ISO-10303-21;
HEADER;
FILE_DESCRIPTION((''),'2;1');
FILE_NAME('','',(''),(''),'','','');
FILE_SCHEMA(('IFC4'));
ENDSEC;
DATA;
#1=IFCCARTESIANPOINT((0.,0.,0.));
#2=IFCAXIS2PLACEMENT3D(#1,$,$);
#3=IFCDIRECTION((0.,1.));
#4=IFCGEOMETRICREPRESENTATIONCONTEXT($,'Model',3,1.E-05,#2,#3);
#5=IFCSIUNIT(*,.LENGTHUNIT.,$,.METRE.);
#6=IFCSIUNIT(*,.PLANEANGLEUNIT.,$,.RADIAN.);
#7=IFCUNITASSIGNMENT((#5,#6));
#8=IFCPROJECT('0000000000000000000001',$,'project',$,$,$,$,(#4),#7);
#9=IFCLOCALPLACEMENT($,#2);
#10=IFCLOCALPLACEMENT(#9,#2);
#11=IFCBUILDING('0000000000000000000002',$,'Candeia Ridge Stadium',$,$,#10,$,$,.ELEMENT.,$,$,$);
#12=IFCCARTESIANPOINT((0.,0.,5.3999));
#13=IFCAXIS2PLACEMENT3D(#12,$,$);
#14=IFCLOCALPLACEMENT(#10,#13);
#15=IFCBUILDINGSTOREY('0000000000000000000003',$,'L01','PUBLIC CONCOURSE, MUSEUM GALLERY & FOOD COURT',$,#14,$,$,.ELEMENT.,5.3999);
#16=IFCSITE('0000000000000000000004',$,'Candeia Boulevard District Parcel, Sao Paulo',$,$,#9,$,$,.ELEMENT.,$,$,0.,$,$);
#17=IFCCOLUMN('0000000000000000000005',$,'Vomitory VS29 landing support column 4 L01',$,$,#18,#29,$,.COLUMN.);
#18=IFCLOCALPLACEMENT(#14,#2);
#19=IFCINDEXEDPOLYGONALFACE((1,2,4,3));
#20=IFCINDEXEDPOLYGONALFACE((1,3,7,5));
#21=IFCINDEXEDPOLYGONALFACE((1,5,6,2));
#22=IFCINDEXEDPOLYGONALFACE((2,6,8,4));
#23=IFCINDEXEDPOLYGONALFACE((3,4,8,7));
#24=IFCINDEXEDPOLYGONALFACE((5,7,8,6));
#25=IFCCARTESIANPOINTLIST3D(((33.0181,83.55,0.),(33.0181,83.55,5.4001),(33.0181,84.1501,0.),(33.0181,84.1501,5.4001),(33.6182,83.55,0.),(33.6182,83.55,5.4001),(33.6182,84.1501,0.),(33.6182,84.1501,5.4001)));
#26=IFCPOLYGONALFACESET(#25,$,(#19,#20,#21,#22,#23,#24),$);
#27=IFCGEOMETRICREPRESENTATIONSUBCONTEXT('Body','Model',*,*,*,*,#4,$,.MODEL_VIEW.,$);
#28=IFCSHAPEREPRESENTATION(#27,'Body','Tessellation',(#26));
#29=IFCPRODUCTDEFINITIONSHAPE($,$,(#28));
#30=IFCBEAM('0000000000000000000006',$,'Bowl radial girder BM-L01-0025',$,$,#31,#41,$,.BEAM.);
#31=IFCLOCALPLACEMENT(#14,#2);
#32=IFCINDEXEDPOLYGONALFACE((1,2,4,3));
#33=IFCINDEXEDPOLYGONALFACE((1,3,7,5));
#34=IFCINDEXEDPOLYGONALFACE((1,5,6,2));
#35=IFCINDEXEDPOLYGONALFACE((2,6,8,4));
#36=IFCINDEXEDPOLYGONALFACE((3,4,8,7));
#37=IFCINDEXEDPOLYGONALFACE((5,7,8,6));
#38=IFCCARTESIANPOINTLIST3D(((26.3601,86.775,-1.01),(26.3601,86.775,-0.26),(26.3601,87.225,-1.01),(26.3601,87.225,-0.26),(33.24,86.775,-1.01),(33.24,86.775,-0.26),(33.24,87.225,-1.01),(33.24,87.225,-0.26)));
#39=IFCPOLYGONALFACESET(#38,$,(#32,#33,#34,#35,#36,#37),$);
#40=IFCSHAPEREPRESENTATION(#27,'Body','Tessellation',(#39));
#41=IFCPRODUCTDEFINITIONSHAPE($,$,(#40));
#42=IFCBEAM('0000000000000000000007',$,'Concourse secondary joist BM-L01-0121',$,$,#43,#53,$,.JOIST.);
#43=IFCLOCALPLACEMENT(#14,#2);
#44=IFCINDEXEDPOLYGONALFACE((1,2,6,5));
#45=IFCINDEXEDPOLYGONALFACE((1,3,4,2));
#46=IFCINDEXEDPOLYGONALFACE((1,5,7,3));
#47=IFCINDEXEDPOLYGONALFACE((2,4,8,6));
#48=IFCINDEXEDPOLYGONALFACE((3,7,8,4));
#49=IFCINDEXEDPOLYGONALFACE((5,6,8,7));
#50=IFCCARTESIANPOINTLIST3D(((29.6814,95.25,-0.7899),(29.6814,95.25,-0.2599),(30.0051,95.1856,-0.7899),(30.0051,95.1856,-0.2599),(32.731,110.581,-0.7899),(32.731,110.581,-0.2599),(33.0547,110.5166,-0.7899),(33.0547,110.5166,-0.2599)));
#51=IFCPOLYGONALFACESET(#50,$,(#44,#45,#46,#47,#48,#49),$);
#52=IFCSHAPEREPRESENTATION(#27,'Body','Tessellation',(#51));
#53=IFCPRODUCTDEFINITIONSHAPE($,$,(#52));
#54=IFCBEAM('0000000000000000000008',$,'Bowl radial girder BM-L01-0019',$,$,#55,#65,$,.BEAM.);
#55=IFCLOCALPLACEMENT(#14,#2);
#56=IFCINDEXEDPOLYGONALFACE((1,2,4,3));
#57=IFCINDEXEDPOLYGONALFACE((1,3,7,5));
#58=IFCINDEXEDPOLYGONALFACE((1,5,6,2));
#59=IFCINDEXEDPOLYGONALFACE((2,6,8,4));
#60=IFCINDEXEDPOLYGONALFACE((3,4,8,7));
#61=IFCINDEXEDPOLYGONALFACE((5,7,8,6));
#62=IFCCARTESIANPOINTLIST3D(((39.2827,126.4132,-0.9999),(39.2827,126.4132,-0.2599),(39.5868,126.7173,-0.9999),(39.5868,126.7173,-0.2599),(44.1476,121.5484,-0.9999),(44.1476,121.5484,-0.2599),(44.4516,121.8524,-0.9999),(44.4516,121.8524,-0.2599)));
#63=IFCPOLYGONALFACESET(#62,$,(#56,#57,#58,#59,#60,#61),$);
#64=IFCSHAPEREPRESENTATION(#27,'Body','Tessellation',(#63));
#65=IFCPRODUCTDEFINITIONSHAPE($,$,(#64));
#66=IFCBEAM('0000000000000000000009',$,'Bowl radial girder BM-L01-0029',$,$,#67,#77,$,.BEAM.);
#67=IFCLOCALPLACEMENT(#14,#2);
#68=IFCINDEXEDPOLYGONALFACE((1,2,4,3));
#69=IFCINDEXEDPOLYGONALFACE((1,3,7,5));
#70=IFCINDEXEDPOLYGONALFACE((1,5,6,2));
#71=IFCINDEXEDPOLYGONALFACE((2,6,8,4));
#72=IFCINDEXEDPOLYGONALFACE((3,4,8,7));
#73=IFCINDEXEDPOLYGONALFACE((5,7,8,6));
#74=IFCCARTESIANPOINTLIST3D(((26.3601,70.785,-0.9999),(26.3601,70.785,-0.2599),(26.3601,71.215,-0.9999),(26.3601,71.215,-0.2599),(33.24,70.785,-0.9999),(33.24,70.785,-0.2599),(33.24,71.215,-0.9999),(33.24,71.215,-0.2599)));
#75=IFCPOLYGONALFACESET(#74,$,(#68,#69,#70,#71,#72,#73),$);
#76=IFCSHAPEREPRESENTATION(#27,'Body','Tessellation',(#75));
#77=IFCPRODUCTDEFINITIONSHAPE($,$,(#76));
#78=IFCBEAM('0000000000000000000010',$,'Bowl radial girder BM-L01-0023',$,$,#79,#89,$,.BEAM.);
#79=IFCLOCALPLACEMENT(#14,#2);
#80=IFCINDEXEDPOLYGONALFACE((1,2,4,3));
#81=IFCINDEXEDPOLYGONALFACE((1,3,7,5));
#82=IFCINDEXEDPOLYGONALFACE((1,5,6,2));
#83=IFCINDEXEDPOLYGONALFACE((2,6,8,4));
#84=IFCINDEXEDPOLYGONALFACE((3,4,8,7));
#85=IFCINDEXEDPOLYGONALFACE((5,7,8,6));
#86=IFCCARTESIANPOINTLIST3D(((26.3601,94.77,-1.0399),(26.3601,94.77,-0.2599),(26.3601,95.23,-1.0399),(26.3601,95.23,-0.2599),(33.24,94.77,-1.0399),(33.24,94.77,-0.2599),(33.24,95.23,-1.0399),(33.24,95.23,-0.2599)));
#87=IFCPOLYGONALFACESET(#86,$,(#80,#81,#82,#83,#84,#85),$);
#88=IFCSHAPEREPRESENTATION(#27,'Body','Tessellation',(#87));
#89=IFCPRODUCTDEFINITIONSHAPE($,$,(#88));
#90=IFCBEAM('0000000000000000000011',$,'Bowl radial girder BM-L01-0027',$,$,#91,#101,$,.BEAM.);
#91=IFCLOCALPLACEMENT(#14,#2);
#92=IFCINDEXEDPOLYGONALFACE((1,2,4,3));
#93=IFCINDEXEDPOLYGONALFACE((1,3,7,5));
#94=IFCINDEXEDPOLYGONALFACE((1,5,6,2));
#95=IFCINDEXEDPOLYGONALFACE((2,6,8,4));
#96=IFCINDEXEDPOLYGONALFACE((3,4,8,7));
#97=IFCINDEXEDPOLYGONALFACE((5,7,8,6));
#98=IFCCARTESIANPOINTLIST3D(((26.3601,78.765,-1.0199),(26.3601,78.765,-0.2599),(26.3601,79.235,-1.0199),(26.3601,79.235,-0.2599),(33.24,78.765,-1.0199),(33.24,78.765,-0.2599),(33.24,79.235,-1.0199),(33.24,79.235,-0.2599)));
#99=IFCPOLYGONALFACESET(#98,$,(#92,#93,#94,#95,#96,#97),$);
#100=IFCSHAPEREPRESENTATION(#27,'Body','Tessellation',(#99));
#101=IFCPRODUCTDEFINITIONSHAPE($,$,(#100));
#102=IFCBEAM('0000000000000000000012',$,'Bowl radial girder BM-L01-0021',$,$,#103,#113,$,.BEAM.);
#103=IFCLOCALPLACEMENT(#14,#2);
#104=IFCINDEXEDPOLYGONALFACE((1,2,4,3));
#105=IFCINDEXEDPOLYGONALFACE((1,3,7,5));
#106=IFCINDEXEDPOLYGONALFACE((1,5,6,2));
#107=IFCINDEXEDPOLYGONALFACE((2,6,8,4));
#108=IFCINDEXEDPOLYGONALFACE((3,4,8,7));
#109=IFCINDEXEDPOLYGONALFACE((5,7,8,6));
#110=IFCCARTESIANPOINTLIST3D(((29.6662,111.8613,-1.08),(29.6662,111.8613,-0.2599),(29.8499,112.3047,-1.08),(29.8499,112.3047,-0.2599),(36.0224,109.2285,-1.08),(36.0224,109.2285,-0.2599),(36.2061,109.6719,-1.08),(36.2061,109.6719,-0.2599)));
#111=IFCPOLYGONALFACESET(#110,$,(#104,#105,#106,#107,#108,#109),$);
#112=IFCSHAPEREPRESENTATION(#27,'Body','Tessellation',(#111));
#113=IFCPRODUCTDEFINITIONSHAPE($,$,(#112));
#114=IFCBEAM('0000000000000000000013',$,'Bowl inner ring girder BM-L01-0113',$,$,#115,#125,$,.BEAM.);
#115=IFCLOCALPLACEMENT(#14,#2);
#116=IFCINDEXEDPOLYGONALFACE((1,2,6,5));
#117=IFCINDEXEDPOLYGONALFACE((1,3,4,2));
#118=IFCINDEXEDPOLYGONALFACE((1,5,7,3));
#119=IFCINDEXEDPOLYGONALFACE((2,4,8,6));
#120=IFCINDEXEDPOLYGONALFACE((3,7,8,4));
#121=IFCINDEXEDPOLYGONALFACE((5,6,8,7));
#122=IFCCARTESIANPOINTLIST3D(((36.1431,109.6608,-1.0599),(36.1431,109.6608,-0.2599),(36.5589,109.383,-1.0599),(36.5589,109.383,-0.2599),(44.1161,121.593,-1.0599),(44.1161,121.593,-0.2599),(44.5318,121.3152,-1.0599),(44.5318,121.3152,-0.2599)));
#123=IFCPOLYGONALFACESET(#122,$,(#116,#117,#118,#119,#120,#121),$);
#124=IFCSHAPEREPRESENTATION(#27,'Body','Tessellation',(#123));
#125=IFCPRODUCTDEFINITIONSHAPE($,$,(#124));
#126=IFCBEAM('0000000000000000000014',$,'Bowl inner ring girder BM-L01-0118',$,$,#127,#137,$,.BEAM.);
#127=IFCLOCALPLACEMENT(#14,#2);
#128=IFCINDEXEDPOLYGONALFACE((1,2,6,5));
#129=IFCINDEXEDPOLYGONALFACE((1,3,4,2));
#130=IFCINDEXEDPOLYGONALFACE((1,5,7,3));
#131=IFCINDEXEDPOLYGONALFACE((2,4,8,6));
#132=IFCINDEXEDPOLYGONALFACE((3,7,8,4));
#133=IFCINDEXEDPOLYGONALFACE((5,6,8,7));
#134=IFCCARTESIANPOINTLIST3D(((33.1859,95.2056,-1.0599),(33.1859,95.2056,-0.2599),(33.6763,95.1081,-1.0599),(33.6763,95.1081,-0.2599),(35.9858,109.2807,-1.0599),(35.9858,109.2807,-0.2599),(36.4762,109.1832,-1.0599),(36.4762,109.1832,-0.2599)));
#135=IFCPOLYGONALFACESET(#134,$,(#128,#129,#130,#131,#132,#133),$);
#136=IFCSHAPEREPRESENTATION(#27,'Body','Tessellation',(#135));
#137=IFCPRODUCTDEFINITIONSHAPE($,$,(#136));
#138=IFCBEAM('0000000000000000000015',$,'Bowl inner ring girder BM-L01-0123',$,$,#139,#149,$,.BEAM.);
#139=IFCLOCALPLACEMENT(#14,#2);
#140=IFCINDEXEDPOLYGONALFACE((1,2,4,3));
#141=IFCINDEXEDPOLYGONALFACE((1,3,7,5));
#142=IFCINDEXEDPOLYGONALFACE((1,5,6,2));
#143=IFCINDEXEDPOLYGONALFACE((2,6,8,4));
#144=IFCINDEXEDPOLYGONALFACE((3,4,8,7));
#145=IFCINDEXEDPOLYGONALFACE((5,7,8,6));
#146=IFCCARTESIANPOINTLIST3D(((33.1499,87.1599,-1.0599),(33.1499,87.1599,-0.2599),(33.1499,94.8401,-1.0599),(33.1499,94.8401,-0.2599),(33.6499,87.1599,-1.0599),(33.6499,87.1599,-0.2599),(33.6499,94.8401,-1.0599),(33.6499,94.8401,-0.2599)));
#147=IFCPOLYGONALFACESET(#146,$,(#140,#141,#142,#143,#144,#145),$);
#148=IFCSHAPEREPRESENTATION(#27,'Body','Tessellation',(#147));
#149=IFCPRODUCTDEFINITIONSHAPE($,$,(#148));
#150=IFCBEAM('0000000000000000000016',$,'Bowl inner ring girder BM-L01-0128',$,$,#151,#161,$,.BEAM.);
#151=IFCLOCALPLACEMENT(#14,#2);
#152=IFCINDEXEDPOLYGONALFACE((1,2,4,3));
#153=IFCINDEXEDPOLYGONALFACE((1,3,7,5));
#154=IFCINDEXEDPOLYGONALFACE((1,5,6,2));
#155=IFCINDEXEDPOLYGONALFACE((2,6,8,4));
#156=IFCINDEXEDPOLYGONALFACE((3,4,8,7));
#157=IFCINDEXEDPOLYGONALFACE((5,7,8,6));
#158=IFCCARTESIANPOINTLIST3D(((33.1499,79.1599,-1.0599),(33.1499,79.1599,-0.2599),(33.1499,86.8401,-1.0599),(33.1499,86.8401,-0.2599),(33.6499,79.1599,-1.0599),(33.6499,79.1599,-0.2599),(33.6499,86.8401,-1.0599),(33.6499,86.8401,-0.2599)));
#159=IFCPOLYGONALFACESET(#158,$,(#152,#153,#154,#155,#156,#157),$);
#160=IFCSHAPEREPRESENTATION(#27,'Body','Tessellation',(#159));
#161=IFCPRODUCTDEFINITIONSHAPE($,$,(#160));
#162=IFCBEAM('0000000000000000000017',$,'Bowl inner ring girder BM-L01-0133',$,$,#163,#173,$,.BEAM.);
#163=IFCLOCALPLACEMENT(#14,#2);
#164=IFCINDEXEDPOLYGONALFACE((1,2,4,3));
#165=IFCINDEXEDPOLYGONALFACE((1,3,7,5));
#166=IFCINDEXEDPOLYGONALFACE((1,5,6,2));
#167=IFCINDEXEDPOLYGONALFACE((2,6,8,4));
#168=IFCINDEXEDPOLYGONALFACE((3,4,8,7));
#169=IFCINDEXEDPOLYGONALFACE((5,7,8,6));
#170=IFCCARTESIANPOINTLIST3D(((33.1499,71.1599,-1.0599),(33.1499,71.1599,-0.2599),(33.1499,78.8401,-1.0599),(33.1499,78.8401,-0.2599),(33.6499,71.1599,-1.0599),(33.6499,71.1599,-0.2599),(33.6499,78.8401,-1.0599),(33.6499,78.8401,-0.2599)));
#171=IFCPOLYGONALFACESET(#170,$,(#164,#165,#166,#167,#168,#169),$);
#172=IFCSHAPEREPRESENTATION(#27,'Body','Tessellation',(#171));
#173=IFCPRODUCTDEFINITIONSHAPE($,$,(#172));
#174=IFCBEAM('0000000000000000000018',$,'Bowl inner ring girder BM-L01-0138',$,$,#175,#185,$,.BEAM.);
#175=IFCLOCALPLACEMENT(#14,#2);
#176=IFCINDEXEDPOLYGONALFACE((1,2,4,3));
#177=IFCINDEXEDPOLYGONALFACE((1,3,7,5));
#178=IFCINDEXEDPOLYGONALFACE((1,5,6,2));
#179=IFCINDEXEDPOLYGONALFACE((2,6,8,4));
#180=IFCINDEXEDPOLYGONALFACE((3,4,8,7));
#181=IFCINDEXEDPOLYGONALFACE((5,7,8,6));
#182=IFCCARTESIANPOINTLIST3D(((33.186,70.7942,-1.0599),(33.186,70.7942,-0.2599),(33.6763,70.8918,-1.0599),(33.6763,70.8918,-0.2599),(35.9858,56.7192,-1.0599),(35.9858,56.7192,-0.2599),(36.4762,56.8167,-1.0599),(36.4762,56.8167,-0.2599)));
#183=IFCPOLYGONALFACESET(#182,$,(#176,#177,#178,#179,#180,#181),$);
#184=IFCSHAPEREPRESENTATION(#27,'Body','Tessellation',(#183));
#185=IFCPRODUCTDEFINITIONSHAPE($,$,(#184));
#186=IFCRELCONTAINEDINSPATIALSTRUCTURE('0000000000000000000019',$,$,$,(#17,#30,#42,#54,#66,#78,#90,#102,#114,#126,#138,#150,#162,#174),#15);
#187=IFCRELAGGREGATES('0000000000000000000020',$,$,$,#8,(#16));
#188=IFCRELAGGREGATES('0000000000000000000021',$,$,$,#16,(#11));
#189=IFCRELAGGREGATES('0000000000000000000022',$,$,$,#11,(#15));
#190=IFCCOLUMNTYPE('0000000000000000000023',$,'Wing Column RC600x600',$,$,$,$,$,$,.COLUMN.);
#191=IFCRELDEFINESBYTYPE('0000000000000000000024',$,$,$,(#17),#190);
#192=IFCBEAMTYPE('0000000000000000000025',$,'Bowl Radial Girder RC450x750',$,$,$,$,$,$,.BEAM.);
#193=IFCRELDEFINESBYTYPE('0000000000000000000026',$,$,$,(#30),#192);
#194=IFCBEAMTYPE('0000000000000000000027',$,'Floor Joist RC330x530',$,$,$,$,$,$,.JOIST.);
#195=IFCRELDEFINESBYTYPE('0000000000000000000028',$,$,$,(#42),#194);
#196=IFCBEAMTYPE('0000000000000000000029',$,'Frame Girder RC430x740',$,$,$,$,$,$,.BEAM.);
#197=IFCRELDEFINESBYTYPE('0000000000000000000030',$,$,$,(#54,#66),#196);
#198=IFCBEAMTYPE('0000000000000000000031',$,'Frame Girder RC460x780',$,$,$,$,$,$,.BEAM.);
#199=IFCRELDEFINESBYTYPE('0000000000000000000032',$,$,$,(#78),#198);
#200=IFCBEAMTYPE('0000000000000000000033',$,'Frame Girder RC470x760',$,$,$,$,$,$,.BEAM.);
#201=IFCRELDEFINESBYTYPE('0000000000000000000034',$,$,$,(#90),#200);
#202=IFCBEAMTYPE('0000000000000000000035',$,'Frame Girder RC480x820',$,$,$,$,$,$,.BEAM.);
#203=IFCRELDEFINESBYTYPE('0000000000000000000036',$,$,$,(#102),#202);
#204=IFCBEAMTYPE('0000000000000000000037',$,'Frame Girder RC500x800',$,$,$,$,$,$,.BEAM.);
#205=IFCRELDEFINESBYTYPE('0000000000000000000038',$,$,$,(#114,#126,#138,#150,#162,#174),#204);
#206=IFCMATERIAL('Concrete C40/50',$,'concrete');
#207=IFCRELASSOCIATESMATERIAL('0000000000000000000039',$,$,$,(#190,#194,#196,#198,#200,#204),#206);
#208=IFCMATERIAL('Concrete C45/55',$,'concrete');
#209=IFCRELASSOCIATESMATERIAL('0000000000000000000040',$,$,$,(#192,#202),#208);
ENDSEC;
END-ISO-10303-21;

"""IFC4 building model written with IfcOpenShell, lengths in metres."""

from ifc_helpers import new_model, si_unit, direction, frame, origin, origin_2d, place, context, subcontext, project, spatial, rectangle, extrude, material, material_profile, profile_set, type_object, element, save


model = new_model("IFC4")

# Units and contexts
model_context = context("Model", 3, precision=1e-05, world=origin(), true_north=direction((0.0, 1.0)))
body_context = subcontext(model_context, "Body", "Model", "MODEL_VIEW")
ifc_project = project(units=[si_unit("LENGTHUNIT", "METRE"), si_unit("PLANEANGLEUNIT", "RADIAN")], contexts=[model_context])

# Site, building, storey
site_placement = place(None, origin())
site = spatial("IfcSite", under=ifc_project, at=site_placement, Name="Candeia Boulevard District Parcel, Sao Paulo", CompositionType="ELEMENT", RefElevation=0.0)
building_placement = place(site_placement, origin())
building = spatial("IfcBuilding", under=site, at=building_placement, Name="Candeia Ridge Stadium", CompositionType="ELEMENT")
storey_placement = place(building_placement, frame((0.0, 0.0, 5.3999)))
storey = spatial("IfcBuildingStorey", under=building, at=storey_placement, Name="L01", Description="PUBLIC CONCOURSE, MUSEUM GALLERY & FOOD COURT", CompositionType="ELEMENT", Elevation=5.3999)

# Column
ifc_material_1 = material(Name="Concrete C45/55", Category="concrete")
ifc_material_2 = material(Name="Concrete C40/50", Category="concrete")
ifc_material_profile_1 = material_profile(ifc_material_2, rectangle(XDim=0.6001, YDim=0.6001, at=origin_2d()), Name="RC600x600", Category="concrete")
ifc_profile_set_1 = profile_set([ifc_material_profile_1], Name="Concrete C40/50")
column_type_1 = type_object("IfcColumnType", Name="Wing Column RC600x600", PredefinedType="COLUMN", material=ifc_profile_set_1)
for number, where, z_axis, x_axis, name in (
    (1, (33.3181, 83.8501, 0.0), (0.0, 0.0, 1.0), (1.0, 0.0, 0.0), "Vomitory VS29 landing support column 4 L01"),
):
    element("IfcColumn", number, at=place(storey_placement, frame(where, z_axis=z_axis, x_axis=x_axis)), inside=storey, type_object=column_type_1, Name=name, PredefinedType="COLUMN", context=body_context, shape_type="SweptSolid", body=[
        extrude(rectangle(XDim=0.6001, YDim=0.6001, at=origin_2d()), origin(), (0.0, 0.0, 1.0), 5.4001),
    ])

# Beams
ifc_material_profile_2 = material_profile(ifc_material_1, rectangle(XDim=0.45, YDim=0.75, at=origin_2d()), Name="RC450x750", Category="concrete")
ifc_profile_set_2 = profile_set([ifc_material_profile_2], Name="Concrete C45/55")
beam_type_1 = type_object("IfcBeamType", Name="Bowl Radial Girder RC450x750", PredefinedType="BEAM", material=ifc_profile_set_2)
beam_1_placement = place(storey_placement, frame((33.24, 87.0, -0.635), z_axis=(-1.0, 0.0, 0.0), x_axis=(0.0, -1.0, 0.0)))
element("IfcBeam", 2, at=beam_1_placement, inside=storey, type_object=beam_type_1, Name="Bowl radial girder BM-L01-0025", PredefinedType="BEAM", context=body_context, shape_type="SweptSolid", body=[
    extrude(rectangle(XDim=0.45, YDim=0.75, at=origin_2d()), origin(), (0.0, 0.0, 1.0), 6.8799),
])
ifc_material_profile_3 = material_profile(ifc_material_2, rectangle(XDim=0.3301, YDim=0.53, at=origin_2d()), Name="RC330x530", Category="concrete")
ifc_profile_set_3 = profile_set([ifc_material_profile_3], Name="Concrete C40/50")
beam_type_2 = type_object("IfcBeamType", Name="Floor Joist RC330x530", PredefinedType="JOIST", material=ifc_profile_set_3)
beam_2_placement = place(storey_placement, frame((32.8928, 110.5488, -0.5249), z_axis=(-0.195092, -0.980785, 0.0), x_axis=(0.980785, -0.195092, 0.0)))
element("IfcBeam", 3, at=beam_2_placement, inside=storey, type_object=beam_type_2, Name="Concourse secondary joist BM-L01-0121", PredefinedType="JOIST", context=body_context, shape_type="SweptSolid", body=[
    extrude(rectangle(XDim=0.3301, YDim=0.53, at=origin_2d()), origin(), (0.0, 0.0, 1.0), 15.6313),
])
ifc_material_profile_4 = material_profile(ifc_material_2, rectangle(XDim=0.4299, YDim=0.74, at=origin_2d()), Name="RC430x740", Category="concrete")
ifc_profile_set_4 = profile_set([ifc_material_profile_4], Name="Concrete C40/50")
beam_type_3 = type_object("IfcBeamType", Name="Frame Girder RC430x740", PredefinedType="BEAM", material=ifc_profile_set_4)
for number, where, z_axis, x_axis, name in (
    (4, (44.2996, 121.7004, -0.6299), (-0.707107, 0.707107, 0.0), (-0.707107, -0.707107, 0.0), "Bowl radial girder BM-L01-0019"),
    (5, (33.24, 71.0, -0.6299), (-1.0, 0.0, 0.0), (0.0, -1.0, 0.0), "Bowl radial girder BM-L01-0029"),
):
    element("IfcBeam", number, at=place(storey_placement, frame(where, z_axis=z_axis, x_axis=x_axis)), inside=storey, type_object=beam_type_3, Name=name, PredefinedType="BEAM", context=body_context, shape_type="SweptSolid", body=[
        extrude(rectangle(XDim=0.4299, YDim=0.74, at=origin_2d()), origin(), (0.0, 0.0, 1.0), 6.8799),
    ])
ifc_material_profile_5 = material_profile(ifc_material_2, rectangle(XDim=0.46, YDim=0.78, at=origin_2d()), Name="RC460x780", Category="concrete")
ifc_profile_set_5 = profile_set([ifc_material_profile_5], Name="Concrete C40/50")
beam_type_4 = type_object("IfcBeamType", Name="Frame Girder RC460x780", PredefinedType="BEAM", material=ifc_profile_set_5)
beam_3_placement = place(storey_placement, frame((33.24, 95.0, -0.6499), z_axis=(-1.0, 0.0, 0.0), x_axis=(0.0, -1.0, 0.0)))
element("IfcBeam", 6, at=beam_3_placement, inside=storey, type_object=beam_type_4, Name="Bowl radial girder BM-L01-0023", PredefinedType="BEAM", context=body_context, shape_type="SweptSolid", body=[
    extrude(rectangle(XDim=0.46, YDim=0.78, at=origin_2d()), origin(), (0.0, 0.0, 1.0), 6.8799),
])
ifc_material_profile_6 = material_profile(ifc_material_2, rectangle(XDim=0.47, YDim=0.76, at=origin_2d()), Name="RC470x760", Category="concrete")
ifc_profile_set_6 = profile_set([ifc_material_profile_6], Name="Concrete C40/50")
beam_type_5 = type_object("IfcBeamType", Name="Frame Girder RC470x760", PredefinedType="BEAM", material=ifc_profile_set_6)
beam_4_placement = place(storey_placement, frame((33.24, 79.0, -0.6399), z_axis=(-1.0, 0.0, 0.0), x_axis=(0.0, -1.0, 0.0)))
element("IfcBeam", 7, at=beam_4_placement, inside=storey, type_object=beam_type_5, Name="Bowl radial girder BM-L01-0027", PredefinedType="BEAM", context=body_context, shape_type="SweptSolid", body=[
    extrude(rectangle(XDim=0.47, YDim=0.76, at=origin_2d()), origin(), (0.0, 0.0, 1.0), 6.8799),
])
ifc_material_profile_7 = material_profile(ifc_material_1, rectangle(XDim=0.48, YDim=0.8201, at=origin_2d()), Name="RC480x820", Category="concrete")
ifc_profile_set_7 = profile_set([ifc_material_profile_7], Name="Concrete C45/55")
beam_type_6 = type_object("IfcBeamType", Name="Frame Girder RC480x820", PredefinedType="BEAM", material=ifc_profile_set_7)
beam_5_placement = place(storey_placement, frame((36.1143, 109.4502, -0.6699), z_axis=(-0.92388, 0.382682, 0.0), x_axis=(-0.382682, -0.92388, 0.0)))
element("IfcBeam", 8, at=beam_5_placement, inside=storey, type_object=beam_type_6, Name="Bowl radial girder BM-L01-0021", PredefinedType="BEAM", context=body_context, shape_type="SweptSolid", body=[
    extrude(rectangle(XDim=0.48, YDim=0.8201, at=origin_2d()), origin(), (0.0, 0.0, 1.0), 6.8799),
])
ifc_material_profile_8 = material_profile(ifc_material_2, rectangle(XDim=0.5, YDim=0.8, at=origin_2d()), Name="RC500x800", Category="concrete")
ifc_profile_set_8 = profile_set([ifc_material_profile_8], Name="Concrete C40/50")
beam_type_7 = type_object("IfcBeamType", Name="Frame Girder RC500x800", PredefinedType="BEAM", material=ifc_profile_set_8)
for number, where, z_axis, x_axis, name in (
    (9, (44.324, 121.4541, -0.6599), (-0.555575, -0.831466, 0.0), (0.831466, -0.555575, 0.0), "Bowl inner ring girder BM-L01-0113"),
    (10, (36.231, 109.2319, -0.6599), (-0.195099, -0.980784, 0.0), (0.980784, -0.195099, 0.0), "Bowl inner ring girder BM-L01-0118"),
):
    element("IfcBeam", number, at=place(storey_placement, frame(where, z_axis=z_axis, x_axis=x_axis)), inside=storey, type_object=beam_type_7, Name=name, PredefinedType="BEAM", context=body_context, shape_type="SweptSolid", body=[
        extrude(rectangle(XDim=0.5, YDim=0.8, at=origin_2d()), origin(), (0.0, 0.0, 1.0), 14.3508),
    ])
for number, where, z_axis, x_axis, name in (
    (11, (33.3999, 94.8401, -0.6599), (0.0, -1.0, 0.0), (1.0, 0.0, 0.0), "Bowl inner ring girder BM-L01-0123"),
    (12, (33.3999, 86.8401, -0.6599), (0.0, -1.0, 0.0), (1.0, 0.0, 0.0), "Bowl inner ring girder BM-L01-0128"),
    (13, (33.3999, 78.8401, -0.6599), (0.0, -1.0, 0.0), (1.0, 0.0, 0.0), "Bowl inner ring girder BM-L01-0133"),
):
    element("IfcBeam", number, at=place(storey_placement, frame(where, z_axis=z_axis, x_axis=x_axis)), inside=storey, type_object=beam_type_7, Name=name, PredefinedType="BEAM", context=body_context, shape_type="SweptSolid", body=[
        extrude(rectangle(XDim=0.5, YDim=0.8, at=origin_2d()), origin(), (0.0, 0.0, 1.0), 7.6802),
    ])
beam_6_placement = place(storey_placement, frame((33.4312, 70.843, -0.6599), z_axis=(0.195099, -0.980784, 0.0), x_axis=(0.980784, 0.195099, 0.0)))
element("IfcBeam", 14, at=beam_6_placement, inside=storey, type_object=beam_type_7, Name="Bowl inner ring girder BM-L01-0138", PredefinedType="BEAM", context=body_context, shape_type="SweptSolid", body=[
    extrude(rectangle(XDim=0.5, YDim=0.8, at=origin_2d()), origin(), (0.0, 0.0, 1.0), 14.3508),
])

save(model, "model.ifc")
